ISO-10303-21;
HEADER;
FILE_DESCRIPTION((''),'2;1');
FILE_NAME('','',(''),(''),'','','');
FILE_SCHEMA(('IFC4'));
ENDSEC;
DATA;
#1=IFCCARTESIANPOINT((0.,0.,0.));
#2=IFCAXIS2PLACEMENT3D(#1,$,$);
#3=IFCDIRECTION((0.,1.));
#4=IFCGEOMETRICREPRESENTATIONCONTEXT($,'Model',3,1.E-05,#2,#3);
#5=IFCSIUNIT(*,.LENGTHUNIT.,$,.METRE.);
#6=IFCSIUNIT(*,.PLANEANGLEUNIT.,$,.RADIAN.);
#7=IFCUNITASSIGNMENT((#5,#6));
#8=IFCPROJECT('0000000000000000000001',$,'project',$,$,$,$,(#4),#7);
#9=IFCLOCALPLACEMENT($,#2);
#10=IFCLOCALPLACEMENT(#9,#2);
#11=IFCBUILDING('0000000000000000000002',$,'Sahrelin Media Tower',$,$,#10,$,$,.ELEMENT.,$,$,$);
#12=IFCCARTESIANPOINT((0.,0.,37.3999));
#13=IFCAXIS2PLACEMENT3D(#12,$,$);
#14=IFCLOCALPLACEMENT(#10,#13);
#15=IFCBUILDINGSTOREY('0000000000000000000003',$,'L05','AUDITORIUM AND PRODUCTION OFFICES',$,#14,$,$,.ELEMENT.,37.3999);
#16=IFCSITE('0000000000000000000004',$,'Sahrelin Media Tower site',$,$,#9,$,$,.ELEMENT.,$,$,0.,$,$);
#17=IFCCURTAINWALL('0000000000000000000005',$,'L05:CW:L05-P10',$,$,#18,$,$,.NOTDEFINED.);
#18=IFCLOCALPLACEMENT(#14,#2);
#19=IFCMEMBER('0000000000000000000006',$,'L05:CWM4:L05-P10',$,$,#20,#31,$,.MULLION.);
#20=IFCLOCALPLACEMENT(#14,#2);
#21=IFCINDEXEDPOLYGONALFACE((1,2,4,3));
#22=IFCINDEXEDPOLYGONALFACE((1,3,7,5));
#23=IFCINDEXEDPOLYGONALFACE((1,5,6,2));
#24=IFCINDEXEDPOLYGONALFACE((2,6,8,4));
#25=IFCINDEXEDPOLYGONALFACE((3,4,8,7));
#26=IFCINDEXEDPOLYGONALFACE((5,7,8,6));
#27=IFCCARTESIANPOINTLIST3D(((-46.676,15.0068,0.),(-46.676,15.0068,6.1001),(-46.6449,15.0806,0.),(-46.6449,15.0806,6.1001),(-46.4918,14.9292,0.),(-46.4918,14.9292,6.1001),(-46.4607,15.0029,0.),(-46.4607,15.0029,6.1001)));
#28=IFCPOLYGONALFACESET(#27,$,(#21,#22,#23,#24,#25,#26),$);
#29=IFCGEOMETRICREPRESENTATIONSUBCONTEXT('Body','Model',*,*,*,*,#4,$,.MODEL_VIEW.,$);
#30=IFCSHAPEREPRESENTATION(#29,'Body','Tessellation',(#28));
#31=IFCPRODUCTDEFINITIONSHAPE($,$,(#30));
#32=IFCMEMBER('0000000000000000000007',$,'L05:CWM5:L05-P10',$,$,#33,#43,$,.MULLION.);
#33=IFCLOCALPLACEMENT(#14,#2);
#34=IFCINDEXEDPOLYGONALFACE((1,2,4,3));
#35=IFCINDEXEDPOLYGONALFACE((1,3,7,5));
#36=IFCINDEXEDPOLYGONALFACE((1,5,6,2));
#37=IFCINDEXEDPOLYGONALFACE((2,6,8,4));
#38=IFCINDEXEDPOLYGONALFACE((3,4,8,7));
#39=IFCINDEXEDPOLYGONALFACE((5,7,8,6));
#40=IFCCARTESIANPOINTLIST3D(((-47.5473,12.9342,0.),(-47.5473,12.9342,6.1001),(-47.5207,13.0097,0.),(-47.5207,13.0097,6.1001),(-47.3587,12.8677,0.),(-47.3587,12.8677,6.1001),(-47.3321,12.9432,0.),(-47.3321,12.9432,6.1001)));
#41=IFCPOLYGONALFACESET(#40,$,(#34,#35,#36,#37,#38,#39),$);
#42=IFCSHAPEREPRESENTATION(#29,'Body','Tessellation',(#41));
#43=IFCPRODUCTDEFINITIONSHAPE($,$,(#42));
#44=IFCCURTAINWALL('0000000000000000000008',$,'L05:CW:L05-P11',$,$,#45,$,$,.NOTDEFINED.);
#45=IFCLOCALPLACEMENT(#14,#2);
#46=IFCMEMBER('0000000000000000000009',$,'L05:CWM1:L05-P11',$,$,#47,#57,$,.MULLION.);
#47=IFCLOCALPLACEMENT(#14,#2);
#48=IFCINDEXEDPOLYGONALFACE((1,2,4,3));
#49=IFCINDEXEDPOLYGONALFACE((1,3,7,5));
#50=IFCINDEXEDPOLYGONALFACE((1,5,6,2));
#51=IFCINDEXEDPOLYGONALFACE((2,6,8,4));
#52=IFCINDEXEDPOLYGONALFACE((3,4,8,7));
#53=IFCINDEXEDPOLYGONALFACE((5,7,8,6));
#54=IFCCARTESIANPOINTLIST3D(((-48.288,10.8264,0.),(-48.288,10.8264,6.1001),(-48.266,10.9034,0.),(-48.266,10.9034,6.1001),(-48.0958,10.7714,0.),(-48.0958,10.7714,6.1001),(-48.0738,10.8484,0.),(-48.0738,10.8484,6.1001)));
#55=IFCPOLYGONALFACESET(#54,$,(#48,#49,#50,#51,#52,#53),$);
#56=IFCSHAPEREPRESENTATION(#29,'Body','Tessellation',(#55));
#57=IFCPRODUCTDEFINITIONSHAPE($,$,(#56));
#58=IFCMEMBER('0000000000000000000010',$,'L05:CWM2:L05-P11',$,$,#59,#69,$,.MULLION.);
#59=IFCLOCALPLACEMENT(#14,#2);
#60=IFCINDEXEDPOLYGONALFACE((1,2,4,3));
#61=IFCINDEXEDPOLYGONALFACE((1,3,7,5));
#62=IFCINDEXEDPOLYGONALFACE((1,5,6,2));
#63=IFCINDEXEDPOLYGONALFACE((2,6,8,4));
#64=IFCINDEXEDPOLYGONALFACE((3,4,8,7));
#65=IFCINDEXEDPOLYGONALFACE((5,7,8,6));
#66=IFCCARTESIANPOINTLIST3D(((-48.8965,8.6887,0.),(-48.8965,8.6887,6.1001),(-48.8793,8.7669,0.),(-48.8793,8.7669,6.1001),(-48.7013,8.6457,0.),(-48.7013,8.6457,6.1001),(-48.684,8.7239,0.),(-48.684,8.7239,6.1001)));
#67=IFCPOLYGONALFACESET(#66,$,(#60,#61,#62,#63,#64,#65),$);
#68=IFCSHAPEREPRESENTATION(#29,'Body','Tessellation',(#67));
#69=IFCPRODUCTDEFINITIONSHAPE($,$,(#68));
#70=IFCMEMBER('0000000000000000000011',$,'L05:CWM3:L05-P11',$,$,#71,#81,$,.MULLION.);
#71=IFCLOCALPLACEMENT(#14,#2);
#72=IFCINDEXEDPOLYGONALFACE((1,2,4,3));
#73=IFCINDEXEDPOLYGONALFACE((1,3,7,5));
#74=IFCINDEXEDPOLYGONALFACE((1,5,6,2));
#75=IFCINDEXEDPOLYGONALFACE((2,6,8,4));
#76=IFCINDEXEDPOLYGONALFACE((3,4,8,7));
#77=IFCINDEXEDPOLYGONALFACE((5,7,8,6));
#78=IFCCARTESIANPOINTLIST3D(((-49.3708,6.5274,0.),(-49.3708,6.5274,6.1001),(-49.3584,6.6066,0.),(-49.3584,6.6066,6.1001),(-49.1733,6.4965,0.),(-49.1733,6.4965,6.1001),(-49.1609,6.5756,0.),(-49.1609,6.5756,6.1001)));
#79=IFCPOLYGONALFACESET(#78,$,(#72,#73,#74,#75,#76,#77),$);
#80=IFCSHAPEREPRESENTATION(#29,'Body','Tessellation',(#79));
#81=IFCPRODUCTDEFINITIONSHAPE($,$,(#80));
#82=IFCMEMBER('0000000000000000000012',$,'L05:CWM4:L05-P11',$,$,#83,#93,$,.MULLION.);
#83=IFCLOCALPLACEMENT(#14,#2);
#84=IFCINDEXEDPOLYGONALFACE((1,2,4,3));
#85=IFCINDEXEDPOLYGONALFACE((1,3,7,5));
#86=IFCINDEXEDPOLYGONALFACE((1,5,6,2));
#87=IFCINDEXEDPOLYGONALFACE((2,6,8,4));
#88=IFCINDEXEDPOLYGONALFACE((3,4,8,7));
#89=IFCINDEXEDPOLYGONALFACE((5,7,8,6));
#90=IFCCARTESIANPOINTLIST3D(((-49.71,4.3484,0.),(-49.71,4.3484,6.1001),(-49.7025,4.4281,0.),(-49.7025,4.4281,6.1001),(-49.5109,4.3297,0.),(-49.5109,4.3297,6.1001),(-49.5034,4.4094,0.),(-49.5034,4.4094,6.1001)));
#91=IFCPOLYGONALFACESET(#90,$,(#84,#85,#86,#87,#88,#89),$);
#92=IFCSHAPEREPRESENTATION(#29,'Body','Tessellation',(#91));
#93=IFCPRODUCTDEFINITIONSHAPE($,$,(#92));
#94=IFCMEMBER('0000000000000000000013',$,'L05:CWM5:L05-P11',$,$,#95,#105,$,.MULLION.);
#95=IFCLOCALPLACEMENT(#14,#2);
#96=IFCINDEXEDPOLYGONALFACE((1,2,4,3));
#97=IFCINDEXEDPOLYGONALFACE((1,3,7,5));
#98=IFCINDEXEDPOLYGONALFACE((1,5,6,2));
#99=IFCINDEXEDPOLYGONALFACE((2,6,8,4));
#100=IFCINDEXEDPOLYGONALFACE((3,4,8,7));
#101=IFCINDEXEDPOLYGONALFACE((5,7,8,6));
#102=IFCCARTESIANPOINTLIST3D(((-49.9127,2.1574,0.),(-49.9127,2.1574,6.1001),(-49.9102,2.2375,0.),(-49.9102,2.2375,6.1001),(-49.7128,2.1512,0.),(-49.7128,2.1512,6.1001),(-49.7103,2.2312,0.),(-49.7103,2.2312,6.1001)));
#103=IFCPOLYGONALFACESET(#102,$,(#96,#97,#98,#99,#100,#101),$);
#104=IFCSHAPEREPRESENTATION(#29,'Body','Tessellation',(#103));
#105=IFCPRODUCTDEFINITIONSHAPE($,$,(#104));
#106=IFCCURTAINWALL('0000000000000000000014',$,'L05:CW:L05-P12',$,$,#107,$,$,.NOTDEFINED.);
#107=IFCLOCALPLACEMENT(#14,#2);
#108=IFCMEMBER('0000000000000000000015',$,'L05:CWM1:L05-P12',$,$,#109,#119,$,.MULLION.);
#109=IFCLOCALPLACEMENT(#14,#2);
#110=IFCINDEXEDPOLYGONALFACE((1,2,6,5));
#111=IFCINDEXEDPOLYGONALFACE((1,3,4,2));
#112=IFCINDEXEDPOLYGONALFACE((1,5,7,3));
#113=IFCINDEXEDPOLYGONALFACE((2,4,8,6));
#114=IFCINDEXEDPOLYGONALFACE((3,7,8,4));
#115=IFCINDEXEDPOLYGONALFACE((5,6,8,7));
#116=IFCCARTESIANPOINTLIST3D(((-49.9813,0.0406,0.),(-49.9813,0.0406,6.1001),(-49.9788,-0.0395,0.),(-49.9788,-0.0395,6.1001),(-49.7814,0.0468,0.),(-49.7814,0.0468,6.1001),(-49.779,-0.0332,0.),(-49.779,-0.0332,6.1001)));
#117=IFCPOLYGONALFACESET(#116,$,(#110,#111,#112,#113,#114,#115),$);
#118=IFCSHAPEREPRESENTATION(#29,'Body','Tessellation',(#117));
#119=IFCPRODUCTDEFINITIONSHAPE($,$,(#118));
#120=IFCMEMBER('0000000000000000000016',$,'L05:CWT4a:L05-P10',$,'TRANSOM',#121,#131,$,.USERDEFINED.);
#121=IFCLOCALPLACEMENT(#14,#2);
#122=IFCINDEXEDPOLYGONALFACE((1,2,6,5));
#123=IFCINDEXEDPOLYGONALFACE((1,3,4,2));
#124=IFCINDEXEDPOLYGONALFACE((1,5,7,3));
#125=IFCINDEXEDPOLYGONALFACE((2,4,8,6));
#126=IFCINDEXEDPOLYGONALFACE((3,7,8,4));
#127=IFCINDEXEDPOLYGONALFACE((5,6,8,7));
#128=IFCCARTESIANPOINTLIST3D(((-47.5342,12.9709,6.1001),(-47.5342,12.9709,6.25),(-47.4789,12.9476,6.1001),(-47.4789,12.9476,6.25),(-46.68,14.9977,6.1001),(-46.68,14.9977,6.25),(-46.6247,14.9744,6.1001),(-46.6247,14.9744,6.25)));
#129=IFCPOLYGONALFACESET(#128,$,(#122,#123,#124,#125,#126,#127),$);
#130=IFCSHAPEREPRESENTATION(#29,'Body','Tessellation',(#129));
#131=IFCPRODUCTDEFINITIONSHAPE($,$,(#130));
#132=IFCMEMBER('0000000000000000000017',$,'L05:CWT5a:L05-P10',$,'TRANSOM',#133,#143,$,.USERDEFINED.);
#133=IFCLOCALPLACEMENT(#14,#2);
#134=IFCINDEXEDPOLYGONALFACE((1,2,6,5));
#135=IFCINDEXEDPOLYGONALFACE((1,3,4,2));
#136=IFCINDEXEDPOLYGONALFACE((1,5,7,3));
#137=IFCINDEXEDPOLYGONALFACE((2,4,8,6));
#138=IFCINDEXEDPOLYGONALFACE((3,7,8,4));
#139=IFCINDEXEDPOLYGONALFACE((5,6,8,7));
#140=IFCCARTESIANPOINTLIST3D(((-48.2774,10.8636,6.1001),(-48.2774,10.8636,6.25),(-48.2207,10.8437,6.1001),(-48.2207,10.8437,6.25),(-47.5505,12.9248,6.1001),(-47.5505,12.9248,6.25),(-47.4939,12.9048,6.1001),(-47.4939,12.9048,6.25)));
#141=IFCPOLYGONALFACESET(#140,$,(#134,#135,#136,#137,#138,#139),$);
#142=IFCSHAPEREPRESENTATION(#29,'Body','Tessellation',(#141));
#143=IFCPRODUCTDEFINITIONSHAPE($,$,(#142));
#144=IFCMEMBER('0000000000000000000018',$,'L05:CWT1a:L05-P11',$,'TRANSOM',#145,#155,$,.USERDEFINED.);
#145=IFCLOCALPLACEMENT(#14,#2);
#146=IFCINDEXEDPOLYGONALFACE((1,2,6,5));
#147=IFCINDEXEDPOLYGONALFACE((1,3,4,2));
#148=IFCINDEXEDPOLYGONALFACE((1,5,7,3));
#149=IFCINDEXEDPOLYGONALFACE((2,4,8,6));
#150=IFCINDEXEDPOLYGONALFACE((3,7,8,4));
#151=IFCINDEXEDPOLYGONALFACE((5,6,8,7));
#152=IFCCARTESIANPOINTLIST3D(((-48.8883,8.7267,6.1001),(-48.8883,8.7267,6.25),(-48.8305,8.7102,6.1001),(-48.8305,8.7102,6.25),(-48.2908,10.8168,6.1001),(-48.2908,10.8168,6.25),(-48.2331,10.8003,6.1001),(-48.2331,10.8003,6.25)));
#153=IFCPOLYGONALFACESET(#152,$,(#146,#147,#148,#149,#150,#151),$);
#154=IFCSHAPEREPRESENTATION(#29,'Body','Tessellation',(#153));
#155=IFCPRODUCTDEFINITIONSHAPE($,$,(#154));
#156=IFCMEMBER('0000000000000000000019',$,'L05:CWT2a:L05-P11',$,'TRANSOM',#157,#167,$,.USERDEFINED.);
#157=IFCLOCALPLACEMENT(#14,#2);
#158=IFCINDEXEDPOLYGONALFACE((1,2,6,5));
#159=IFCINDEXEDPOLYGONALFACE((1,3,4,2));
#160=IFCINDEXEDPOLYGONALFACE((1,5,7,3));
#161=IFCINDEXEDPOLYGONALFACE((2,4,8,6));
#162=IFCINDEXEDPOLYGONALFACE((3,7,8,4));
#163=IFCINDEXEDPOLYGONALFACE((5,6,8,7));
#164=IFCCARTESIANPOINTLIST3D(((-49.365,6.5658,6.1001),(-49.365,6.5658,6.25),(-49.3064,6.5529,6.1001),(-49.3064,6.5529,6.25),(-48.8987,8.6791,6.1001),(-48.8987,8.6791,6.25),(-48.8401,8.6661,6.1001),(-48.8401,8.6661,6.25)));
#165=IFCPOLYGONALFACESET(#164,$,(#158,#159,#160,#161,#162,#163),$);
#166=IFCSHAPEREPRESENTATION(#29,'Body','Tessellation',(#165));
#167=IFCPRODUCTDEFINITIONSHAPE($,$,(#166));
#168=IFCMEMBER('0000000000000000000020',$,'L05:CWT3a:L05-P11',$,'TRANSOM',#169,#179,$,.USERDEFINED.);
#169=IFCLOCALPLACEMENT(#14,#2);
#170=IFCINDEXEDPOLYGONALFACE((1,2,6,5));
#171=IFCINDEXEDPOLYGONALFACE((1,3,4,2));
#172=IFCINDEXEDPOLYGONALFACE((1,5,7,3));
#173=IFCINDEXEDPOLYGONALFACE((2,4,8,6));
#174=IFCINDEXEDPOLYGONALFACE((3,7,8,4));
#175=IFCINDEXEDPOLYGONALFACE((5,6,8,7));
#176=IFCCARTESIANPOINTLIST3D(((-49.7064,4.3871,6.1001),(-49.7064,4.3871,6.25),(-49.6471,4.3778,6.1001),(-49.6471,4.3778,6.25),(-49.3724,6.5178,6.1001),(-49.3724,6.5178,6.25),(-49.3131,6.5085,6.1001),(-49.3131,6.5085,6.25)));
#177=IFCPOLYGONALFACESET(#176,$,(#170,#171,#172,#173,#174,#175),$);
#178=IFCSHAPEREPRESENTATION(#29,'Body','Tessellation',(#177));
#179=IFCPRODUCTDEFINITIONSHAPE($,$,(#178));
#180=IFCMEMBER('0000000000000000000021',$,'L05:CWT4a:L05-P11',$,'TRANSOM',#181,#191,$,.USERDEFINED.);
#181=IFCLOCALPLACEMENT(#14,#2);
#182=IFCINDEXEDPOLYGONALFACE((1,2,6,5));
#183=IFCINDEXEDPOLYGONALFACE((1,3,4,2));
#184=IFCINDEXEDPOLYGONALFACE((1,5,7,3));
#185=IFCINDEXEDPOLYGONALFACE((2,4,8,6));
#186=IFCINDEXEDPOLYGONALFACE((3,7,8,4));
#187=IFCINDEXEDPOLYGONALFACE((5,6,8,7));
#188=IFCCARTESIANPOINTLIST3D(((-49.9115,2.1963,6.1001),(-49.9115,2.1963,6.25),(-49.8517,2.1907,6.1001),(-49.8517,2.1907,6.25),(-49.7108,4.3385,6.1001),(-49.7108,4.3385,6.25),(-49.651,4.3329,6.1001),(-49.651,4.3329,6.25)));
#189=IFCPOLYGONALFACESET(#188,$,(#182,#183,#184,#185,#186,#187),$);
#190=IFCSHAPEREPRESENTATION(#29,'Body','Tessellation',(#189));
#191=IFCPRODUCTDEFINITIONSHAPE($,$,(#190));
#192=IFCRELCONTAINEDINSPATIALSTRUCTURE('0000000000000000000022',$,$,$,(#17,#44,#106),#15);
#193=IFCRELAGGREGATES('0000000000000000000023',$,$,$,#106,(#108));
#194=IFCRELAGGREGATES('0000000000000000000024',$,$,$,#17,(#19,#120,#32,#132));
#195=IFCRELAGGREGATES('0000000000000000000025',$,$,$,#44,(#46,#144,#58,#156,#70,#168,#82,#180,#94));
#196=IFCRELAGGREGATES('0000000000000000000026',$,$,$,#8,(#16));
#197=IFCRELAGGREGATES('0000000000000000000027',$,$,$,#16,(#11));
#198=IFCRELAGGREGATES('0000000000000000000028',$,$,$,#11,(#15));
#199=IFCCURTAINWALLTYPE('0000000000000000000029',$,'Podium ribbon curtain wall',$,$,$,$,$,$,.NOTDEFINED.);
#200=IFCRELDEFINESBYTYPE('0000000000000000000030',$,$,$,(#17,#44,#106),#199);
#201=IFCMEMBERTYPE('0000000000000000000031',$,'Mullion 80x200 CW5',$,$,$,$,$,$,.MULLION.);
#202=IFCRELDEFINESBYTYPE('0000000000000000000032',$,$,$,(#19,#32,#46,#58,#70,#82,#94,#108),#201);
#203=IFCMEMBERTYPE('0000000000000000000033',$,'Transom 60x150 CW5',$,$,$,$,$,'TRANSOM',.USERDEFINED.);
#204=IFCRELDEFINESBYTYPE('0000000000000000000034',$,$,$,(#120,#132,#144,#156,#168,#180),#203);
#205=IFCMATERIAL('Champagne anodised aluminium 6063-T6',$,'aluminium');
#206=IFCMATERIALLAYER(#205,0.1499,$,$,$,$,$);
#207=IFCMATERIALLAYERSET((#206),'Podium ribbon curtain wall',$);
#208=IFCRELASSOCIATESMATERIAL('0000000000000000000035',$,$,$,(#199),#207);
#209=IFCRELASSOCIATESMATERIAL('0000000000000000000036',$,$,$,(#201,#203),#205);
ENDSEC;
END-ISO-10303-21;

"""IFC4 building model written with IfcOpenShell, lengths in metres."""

from ifc_helpers import new_model, si_unit, direction, frame, origin, origin_2d, place, context, subcontext, project, spatial, rectangle, extrude, material, layer, layer_set, material_profile, profile_set, type_object, element, aggregate, save


model = new_model("IFC4")

# Units and contexts
model_context = context("Model", 3, precision=1e-05, world=origin(), true_north=direction((0.0, 1.0)))
body_context = subcontext(model_context, "Body", "Model", "MODEL_VIEW")
ifc_project = project(units=[si_unit("LENGTHUNIT", "METRE"), si_unit("PLANEANGLEUNIT", "RADIAN")], contexts=[model_context])

# Site, building, storey
site_placement = place(None, origin())
site = spatial("IfcSite", under=ifc_project, at=site_placement, Name="Sahrelin Media Tower site", CompositionType="ELEMENT", RefElevation=0.0)
building_placement = place(site_placement, origin())
building = spatial("IfcBuilding", under=site, at=building_placement, Name="Sahrelin Media Tower", CompositionType="ELEMENT")
storey_placement = place(building_placement, frame((0.0, 0.0, 37.3999)))
storey = spatial("IfcBuildingStorey", under=building, at=storey_placement, Name="L05", Description="AUDITORIUM AND PRODUCTION OFFICES", CompositionType="ELEMENT", Elevation=37.3999)

# Curtain walls, members
ifc_material_1 = material(Name="Champagne anodised aluminium 6063-T6", Category="aluminium")
ifc_layer_1 = layer(ifc_material_1, 0.1499)
ifc_layer_set_1 = layer_set([ifc_layer_1], Name="Podium ribbon curtain wall")
curtain_wall_type = type_object("IfcCurtainWallType", Name="Podium ribbon curtain wall", PredefinedType="NOTDEFINED", material=ifc_layer_set_1)
curtain_wall_1_placement = place(storey_placement, frame((-43.3013, 21.0, 0.0), z_axis=(0.0, 0.0, 1.0), x_axis=(1.0, 0.0, 0.0)))
curtain_wall_1 = element("IfcCurtainWall", 1, at=curtain_wall_1_placement, inside=storey, type_object=curtain_wall_type, Name="L05:CW:L05-P10", PredefinedType="NOTDEFINED")
ifc_material_profile_1 = material_profile(ifc_material_1, rectangle(XDim=0.0801, YDim=0.2, at=origin_2d()), Name="Mullion 80x200")
ifc_profile_set_1 = profile_set([ifc_material_profile_1], Name="Champagne anodised aluminium 6063-T6")
member_type_1 = type_object("IfcMemberType", Name="Mullion 80x200 CW5", PredefinedType="MULLION", material=ifc_profile_set_1)
member_1_placement = place(storey_placement, frame((-46.5684, 15.0049, 0.0), z_axis=(0.0, 0.0, 1.0), x_axis=(-0.38845, -0.92147, 0.0)))
member_1 = element("IfcMember", 2, at=member_1_placement, type_object=member_type_1, Name="L05:CWM4:L05-P10", PredefinedType="MULLION", context=body_context, shape_type="SweptSolid", body=[
    extrude(rectangle(XDim=0.0801, YDim=0.2, at=origin_2d()), origin(), (0.0, 0.0, 1.0), 6.1001),
])
member_2_placement = place(storey_placement, frame((-47.4397, 12.9387, 0.0), z_axis=(0.0, 0.0, 1.0), x_axis=(-0.332579, -0.943075, 0.0)))
member_2 = element("IfcMember", 3, at=member_2_placement, type_object=member_type_1, Name="L05:CWM5:L05-P10", PredefinedType="MULLION", context=body_context, shape_type="SweptSolid", body=[
    extrude(rectangle(XDim=0.0801, YDim=0.2, at=origin_2d()), origin(), (0.0, 0.0, 1.0), 6.1001),
])
curtain_wall_2_placement = place(storey_placement, frame((-48.2964, 10.8704, 0.0), z_axis=(0.0, 0.0, 1.0), x_axis=(1.0, 0.0, 0.0)))
curtain_wall_2 = element("IfcCurtainWall", 4, at=curtain_wall_2_placement, inside=storey, type_object=curtain_wall_type, Name="L05:CW:L05-P11", PredefinedType="NOTDEFINED")
member_3_placement = place(storey_placement, frame((-48.1809, 10.8374, 0.0), z_axis=(0.0, 0.0, 1.0), x_axis=(-0.27481, -0.961499, 0.0)))
member_3 = element("IfcMember", 5, at=member_3_placement, type_object=member_type_1, Name="L05:CWM1:L05-P11", PredefinedType="MULLION", context=body_context, shape_type="SweptSolid", body=[
    extrude(rectangle(XDim=0.0801, YDim=0.2, at=origin_2d()), origin(), (0.0, 0.0, 1.0), 6.1001),
])
member_4_placement = place(storey_placement, frame((-48.7903, 8.7063, 0.0), z_axis=(0.0, 0.0, 1.0), x_axis=(-0.215438, -0.976518, 0.0)))
member_4 = element("IfcMember", 6, at=member_4_placement, type_object=member_type_1, Name="L05:CWM2:L05-P11", PredefinedType="MULLION", context=body_context, shape_type="SweptSolid", body=[
    extrude(rectangle(XDim=0.0801, YDim=0.2, at=origin_2d()), origin(), (0.0, 0.0, 1.0), 6.1001),
])
member_5_placement = place(storey_placement, frame((-49.2659, 6.5515, 0.0), z_axis=(0.0, 0.0, 1.0), x_axis=(-0.154852, -0.987938, 0.0)))
member_5 = element("IfcMember", 7, at=member_5_placement, type_object=member_type_1, Name="L05:CWM3:L05-P11", PredefinedType="MULLION", context=body_context, shape_type="SweptSolid", body=[
    extrude(rectangle(XDim=0.0801, YDim=0.2, at=origin_2d()), origin(), (0.0, 0.0, 1.0), 6.1001),
])
member_6_placement = place(storey_placement, frame((-49.6067, 4.3789, 0.0), z_axis=(0.0, 0.0, 1.0), x_axis=(-0.093292, -0.995639, 0.0)))
member_6 = element("IfcMember", 8, at=member_6_placement, type_object=member_type_1, Name="L05:CWM4:L05-P11", PredefinedType="MULLION", context=body_context, shape_type="SweptSolid", body=[
    extrude(rectangle(XDim=0.0801, YDim=0.2, at=origin_2d()), origin(), (0.0, 0.0, 1.0), 6.1001),
])
member_7_placement = place(storey_placement, frame((-49.8115, 2.1943, 0.0), z_axis=(0.0, 0.0, 1.0), x_axis=(-0.031147, -0.999515, 0.0)))
member_7 = element("IfcMember", 9, at=member_7_placement, type_object=member_type_1, Name="L05:CWM5:L05-P11", PredefinedType="MULLION", context=body_context, shape_type="SweptSolid", body=[
    extrude(rectangle(XDim=0.0801, YDim=0.2, at=origin_2d()), origin(), (0.0, 0.0, 1.0), 6.1001),
])

# Curtain wall, member
curtain_wall_3_placement = place(storey_placement, frame((-50.0, 0.0, 0.0), z_axis=(0.0, 0.0, 1.0), x_axis=(1.0, 0.0, 0.0)))
curtain_wall_3 = element("IfcCurtainWall", 10, at=curtain_wall_3_placement, inside=storey, type_object=curtain_wall_type, Name="L05:CW:L05-P12", PredefinedType="NOTDEFINED")
member_8_placement = place(storey_placement, frame((-49.8801, 0.0037, 0.0), z_axis=(0.0, 0.0, 1.0), x_axis=(0.031147, -0.999515, 0.0)))
member_8 = element("IfcMember", 11, at=member_8_placement, type_object=member_type_1, Name="L05:CWM1:L05-P12", PredefinedType="MULLION", context=body_context, shape_type="SweptSolid", body=[
    extrude(rectangle(XDim=0.0801, YDim=0.2, at=origin_2d()), origin(), (0.0, 0.0, 1.0), 6.1001),
])
aggregate(curtain_wall_3, [member_8])

# Members
ifc_material_profile_2 = material_profile(ifc_material_1, rectangle(XDim=0.0601, YDim=0.1499, at=origin_2d()), Name="Transom 60x150")
ifc_profile_set_2 = profile_set([ifc_material_profile_2], Name="Champagne anodised aluminium 6063-T6")
member_type_2 = type_object("IfcMemberType", Name="Transom 60x150 CW5", ElementType="TRANSOM", PredefinedType="USERDEFINED", material=ifc_profile_set_2)
member_9_placement = place(storey_placement, frame((-46.6523, 14.9861, 6.175), z_axis=(-0.38838, -0.9215, 0.0), x_axis=(0.9215, -0.38838, 0.0)))
member_9 = element("IfcMember", 12, at=member_9_placement, type_object=member_type_2, Name="L05:CWT4a:L05-P10", ObjectType="TRANSOM", PredefinedType="USERDEFINED", context=body_context, shape_type="SweptSolid", body=[
    extrude(rectangle(XDim=0.0601, YDim=0.1499, at=origin_2d()), origin(), (0.0, 0.0, 1.0), 2.1995),
])
member_10_placement = place(storey_placement, frame((-47.5222, 12.9148, 6.175), z_axis=(-0.332569, -0.943079, 0.0), x_axis=(0.943079, -0.332569, 0.0)))
member_10 = element("IfcMember", 13, at=member_10_placement, type_object=member_type_2, Name="L05:CWT5a:L05-P10", ObjectType="TRANSOM", PredefinedType="USERDEFINED", context=body_context, shape_type="SweptSolid", body=[
    extrude(rectangle(XDim=0.0601, YDim=0.1499, at=origin_2d()), origin(), (0.0, 0.0, 1.0), 2.1855),
])
member_11_placement = place(storey_placement, frame((-48.262, 10.8086, 6.175), z_axis=(-0.274825, -0.961494, 0.0), x_axis=(0.961494, -0.274825, 0.0)))
member_11 = element("IfcMember", 14, at=member_11_placement, type_object=member_type_2, Name="L05:CWT1a:L05-P11", ObjectType="TRANSOM", PredefinedType="USERDEFINED", context=body_context, shape_type="SweptSolid", body=[
    extrude(rectangle(XDim=0.0601, YDim=0.1499, at=origin_2d()), origin(), (0.0, 0.0, 1.0), 2.1738),
])
member_12_placement = place(storey_placement, frame((-48.8694, 8.6726, 6.175), z_axis=(-0.215473, -0.97651, 0.0), x_axis=(0.97651, -0.215473, 0.0)))
member_12 = element("IfcMember", 15, at=member_12_placement, type_object=member_type_2, Name="L05:CWT2a:L05-P11", ObjectType="TRANSOM", PredefinedType="USERDEFINED", context=body_context, shape_type="SweptSolid", body=[
    extrude(rectangle(XDim=0.0601, YDim=0.1499, at=origin_2d()), origin(), (0.0, 0.0, 1.0), 2.1641),
])
member_13_placement = place(storey_placement, frame((-49.3428, 6.5132, 6.175), z_axis=(-0.154864, -0.987936, 0.0), x_axis=(0.987936, -0.154864, 0.0)))
member_13 = element("IfcMember", 16, at=member_13_placement, type_object=member_type_2, Name="L05:CWT3a:L05-P11", ObjectType="TRANSOM", PredefinedType="USERDEFINED", context=body_context, shape_type="SweptSolid", body=[
    extrude(rectangle(XDim=0.0601, YDim=0.1499, at=origin_2d()), origin(), (0.0, 0.0, 1.0), 2.1567),
])
member_14_placement = place(storey_placement, frame((-49.6809, 4.3357, 6.175), z_axis=(-0.093267, -0.995641, 0.0), x_axis=(0.995641, -0.093267, 0.0)))
member_14 = element("IfcMember", 17, at=member_14_placement, type_object=member_type_2, Name="L05:CWT4a:L05-P11", ObjectType="TRANSOM", PredefinedType="USERDEFINED", context=body_context, shape_type="SweptSolid", body=[
    extrude(rectangle(XDim=0.0601, YDim=0.1499, at=origin_2d()), origin(), (0.0, 0.0, 1.0), 2.1516),
])

aggregate(curtain_wall_1, [member_1, member_9, member_2, member_10])
aggregate(curtain_wall_2, [member_3, member_11, member_4, member_12, member_5, member_13, member_6, member_14, member_7])

save(model, "model.ifc")
